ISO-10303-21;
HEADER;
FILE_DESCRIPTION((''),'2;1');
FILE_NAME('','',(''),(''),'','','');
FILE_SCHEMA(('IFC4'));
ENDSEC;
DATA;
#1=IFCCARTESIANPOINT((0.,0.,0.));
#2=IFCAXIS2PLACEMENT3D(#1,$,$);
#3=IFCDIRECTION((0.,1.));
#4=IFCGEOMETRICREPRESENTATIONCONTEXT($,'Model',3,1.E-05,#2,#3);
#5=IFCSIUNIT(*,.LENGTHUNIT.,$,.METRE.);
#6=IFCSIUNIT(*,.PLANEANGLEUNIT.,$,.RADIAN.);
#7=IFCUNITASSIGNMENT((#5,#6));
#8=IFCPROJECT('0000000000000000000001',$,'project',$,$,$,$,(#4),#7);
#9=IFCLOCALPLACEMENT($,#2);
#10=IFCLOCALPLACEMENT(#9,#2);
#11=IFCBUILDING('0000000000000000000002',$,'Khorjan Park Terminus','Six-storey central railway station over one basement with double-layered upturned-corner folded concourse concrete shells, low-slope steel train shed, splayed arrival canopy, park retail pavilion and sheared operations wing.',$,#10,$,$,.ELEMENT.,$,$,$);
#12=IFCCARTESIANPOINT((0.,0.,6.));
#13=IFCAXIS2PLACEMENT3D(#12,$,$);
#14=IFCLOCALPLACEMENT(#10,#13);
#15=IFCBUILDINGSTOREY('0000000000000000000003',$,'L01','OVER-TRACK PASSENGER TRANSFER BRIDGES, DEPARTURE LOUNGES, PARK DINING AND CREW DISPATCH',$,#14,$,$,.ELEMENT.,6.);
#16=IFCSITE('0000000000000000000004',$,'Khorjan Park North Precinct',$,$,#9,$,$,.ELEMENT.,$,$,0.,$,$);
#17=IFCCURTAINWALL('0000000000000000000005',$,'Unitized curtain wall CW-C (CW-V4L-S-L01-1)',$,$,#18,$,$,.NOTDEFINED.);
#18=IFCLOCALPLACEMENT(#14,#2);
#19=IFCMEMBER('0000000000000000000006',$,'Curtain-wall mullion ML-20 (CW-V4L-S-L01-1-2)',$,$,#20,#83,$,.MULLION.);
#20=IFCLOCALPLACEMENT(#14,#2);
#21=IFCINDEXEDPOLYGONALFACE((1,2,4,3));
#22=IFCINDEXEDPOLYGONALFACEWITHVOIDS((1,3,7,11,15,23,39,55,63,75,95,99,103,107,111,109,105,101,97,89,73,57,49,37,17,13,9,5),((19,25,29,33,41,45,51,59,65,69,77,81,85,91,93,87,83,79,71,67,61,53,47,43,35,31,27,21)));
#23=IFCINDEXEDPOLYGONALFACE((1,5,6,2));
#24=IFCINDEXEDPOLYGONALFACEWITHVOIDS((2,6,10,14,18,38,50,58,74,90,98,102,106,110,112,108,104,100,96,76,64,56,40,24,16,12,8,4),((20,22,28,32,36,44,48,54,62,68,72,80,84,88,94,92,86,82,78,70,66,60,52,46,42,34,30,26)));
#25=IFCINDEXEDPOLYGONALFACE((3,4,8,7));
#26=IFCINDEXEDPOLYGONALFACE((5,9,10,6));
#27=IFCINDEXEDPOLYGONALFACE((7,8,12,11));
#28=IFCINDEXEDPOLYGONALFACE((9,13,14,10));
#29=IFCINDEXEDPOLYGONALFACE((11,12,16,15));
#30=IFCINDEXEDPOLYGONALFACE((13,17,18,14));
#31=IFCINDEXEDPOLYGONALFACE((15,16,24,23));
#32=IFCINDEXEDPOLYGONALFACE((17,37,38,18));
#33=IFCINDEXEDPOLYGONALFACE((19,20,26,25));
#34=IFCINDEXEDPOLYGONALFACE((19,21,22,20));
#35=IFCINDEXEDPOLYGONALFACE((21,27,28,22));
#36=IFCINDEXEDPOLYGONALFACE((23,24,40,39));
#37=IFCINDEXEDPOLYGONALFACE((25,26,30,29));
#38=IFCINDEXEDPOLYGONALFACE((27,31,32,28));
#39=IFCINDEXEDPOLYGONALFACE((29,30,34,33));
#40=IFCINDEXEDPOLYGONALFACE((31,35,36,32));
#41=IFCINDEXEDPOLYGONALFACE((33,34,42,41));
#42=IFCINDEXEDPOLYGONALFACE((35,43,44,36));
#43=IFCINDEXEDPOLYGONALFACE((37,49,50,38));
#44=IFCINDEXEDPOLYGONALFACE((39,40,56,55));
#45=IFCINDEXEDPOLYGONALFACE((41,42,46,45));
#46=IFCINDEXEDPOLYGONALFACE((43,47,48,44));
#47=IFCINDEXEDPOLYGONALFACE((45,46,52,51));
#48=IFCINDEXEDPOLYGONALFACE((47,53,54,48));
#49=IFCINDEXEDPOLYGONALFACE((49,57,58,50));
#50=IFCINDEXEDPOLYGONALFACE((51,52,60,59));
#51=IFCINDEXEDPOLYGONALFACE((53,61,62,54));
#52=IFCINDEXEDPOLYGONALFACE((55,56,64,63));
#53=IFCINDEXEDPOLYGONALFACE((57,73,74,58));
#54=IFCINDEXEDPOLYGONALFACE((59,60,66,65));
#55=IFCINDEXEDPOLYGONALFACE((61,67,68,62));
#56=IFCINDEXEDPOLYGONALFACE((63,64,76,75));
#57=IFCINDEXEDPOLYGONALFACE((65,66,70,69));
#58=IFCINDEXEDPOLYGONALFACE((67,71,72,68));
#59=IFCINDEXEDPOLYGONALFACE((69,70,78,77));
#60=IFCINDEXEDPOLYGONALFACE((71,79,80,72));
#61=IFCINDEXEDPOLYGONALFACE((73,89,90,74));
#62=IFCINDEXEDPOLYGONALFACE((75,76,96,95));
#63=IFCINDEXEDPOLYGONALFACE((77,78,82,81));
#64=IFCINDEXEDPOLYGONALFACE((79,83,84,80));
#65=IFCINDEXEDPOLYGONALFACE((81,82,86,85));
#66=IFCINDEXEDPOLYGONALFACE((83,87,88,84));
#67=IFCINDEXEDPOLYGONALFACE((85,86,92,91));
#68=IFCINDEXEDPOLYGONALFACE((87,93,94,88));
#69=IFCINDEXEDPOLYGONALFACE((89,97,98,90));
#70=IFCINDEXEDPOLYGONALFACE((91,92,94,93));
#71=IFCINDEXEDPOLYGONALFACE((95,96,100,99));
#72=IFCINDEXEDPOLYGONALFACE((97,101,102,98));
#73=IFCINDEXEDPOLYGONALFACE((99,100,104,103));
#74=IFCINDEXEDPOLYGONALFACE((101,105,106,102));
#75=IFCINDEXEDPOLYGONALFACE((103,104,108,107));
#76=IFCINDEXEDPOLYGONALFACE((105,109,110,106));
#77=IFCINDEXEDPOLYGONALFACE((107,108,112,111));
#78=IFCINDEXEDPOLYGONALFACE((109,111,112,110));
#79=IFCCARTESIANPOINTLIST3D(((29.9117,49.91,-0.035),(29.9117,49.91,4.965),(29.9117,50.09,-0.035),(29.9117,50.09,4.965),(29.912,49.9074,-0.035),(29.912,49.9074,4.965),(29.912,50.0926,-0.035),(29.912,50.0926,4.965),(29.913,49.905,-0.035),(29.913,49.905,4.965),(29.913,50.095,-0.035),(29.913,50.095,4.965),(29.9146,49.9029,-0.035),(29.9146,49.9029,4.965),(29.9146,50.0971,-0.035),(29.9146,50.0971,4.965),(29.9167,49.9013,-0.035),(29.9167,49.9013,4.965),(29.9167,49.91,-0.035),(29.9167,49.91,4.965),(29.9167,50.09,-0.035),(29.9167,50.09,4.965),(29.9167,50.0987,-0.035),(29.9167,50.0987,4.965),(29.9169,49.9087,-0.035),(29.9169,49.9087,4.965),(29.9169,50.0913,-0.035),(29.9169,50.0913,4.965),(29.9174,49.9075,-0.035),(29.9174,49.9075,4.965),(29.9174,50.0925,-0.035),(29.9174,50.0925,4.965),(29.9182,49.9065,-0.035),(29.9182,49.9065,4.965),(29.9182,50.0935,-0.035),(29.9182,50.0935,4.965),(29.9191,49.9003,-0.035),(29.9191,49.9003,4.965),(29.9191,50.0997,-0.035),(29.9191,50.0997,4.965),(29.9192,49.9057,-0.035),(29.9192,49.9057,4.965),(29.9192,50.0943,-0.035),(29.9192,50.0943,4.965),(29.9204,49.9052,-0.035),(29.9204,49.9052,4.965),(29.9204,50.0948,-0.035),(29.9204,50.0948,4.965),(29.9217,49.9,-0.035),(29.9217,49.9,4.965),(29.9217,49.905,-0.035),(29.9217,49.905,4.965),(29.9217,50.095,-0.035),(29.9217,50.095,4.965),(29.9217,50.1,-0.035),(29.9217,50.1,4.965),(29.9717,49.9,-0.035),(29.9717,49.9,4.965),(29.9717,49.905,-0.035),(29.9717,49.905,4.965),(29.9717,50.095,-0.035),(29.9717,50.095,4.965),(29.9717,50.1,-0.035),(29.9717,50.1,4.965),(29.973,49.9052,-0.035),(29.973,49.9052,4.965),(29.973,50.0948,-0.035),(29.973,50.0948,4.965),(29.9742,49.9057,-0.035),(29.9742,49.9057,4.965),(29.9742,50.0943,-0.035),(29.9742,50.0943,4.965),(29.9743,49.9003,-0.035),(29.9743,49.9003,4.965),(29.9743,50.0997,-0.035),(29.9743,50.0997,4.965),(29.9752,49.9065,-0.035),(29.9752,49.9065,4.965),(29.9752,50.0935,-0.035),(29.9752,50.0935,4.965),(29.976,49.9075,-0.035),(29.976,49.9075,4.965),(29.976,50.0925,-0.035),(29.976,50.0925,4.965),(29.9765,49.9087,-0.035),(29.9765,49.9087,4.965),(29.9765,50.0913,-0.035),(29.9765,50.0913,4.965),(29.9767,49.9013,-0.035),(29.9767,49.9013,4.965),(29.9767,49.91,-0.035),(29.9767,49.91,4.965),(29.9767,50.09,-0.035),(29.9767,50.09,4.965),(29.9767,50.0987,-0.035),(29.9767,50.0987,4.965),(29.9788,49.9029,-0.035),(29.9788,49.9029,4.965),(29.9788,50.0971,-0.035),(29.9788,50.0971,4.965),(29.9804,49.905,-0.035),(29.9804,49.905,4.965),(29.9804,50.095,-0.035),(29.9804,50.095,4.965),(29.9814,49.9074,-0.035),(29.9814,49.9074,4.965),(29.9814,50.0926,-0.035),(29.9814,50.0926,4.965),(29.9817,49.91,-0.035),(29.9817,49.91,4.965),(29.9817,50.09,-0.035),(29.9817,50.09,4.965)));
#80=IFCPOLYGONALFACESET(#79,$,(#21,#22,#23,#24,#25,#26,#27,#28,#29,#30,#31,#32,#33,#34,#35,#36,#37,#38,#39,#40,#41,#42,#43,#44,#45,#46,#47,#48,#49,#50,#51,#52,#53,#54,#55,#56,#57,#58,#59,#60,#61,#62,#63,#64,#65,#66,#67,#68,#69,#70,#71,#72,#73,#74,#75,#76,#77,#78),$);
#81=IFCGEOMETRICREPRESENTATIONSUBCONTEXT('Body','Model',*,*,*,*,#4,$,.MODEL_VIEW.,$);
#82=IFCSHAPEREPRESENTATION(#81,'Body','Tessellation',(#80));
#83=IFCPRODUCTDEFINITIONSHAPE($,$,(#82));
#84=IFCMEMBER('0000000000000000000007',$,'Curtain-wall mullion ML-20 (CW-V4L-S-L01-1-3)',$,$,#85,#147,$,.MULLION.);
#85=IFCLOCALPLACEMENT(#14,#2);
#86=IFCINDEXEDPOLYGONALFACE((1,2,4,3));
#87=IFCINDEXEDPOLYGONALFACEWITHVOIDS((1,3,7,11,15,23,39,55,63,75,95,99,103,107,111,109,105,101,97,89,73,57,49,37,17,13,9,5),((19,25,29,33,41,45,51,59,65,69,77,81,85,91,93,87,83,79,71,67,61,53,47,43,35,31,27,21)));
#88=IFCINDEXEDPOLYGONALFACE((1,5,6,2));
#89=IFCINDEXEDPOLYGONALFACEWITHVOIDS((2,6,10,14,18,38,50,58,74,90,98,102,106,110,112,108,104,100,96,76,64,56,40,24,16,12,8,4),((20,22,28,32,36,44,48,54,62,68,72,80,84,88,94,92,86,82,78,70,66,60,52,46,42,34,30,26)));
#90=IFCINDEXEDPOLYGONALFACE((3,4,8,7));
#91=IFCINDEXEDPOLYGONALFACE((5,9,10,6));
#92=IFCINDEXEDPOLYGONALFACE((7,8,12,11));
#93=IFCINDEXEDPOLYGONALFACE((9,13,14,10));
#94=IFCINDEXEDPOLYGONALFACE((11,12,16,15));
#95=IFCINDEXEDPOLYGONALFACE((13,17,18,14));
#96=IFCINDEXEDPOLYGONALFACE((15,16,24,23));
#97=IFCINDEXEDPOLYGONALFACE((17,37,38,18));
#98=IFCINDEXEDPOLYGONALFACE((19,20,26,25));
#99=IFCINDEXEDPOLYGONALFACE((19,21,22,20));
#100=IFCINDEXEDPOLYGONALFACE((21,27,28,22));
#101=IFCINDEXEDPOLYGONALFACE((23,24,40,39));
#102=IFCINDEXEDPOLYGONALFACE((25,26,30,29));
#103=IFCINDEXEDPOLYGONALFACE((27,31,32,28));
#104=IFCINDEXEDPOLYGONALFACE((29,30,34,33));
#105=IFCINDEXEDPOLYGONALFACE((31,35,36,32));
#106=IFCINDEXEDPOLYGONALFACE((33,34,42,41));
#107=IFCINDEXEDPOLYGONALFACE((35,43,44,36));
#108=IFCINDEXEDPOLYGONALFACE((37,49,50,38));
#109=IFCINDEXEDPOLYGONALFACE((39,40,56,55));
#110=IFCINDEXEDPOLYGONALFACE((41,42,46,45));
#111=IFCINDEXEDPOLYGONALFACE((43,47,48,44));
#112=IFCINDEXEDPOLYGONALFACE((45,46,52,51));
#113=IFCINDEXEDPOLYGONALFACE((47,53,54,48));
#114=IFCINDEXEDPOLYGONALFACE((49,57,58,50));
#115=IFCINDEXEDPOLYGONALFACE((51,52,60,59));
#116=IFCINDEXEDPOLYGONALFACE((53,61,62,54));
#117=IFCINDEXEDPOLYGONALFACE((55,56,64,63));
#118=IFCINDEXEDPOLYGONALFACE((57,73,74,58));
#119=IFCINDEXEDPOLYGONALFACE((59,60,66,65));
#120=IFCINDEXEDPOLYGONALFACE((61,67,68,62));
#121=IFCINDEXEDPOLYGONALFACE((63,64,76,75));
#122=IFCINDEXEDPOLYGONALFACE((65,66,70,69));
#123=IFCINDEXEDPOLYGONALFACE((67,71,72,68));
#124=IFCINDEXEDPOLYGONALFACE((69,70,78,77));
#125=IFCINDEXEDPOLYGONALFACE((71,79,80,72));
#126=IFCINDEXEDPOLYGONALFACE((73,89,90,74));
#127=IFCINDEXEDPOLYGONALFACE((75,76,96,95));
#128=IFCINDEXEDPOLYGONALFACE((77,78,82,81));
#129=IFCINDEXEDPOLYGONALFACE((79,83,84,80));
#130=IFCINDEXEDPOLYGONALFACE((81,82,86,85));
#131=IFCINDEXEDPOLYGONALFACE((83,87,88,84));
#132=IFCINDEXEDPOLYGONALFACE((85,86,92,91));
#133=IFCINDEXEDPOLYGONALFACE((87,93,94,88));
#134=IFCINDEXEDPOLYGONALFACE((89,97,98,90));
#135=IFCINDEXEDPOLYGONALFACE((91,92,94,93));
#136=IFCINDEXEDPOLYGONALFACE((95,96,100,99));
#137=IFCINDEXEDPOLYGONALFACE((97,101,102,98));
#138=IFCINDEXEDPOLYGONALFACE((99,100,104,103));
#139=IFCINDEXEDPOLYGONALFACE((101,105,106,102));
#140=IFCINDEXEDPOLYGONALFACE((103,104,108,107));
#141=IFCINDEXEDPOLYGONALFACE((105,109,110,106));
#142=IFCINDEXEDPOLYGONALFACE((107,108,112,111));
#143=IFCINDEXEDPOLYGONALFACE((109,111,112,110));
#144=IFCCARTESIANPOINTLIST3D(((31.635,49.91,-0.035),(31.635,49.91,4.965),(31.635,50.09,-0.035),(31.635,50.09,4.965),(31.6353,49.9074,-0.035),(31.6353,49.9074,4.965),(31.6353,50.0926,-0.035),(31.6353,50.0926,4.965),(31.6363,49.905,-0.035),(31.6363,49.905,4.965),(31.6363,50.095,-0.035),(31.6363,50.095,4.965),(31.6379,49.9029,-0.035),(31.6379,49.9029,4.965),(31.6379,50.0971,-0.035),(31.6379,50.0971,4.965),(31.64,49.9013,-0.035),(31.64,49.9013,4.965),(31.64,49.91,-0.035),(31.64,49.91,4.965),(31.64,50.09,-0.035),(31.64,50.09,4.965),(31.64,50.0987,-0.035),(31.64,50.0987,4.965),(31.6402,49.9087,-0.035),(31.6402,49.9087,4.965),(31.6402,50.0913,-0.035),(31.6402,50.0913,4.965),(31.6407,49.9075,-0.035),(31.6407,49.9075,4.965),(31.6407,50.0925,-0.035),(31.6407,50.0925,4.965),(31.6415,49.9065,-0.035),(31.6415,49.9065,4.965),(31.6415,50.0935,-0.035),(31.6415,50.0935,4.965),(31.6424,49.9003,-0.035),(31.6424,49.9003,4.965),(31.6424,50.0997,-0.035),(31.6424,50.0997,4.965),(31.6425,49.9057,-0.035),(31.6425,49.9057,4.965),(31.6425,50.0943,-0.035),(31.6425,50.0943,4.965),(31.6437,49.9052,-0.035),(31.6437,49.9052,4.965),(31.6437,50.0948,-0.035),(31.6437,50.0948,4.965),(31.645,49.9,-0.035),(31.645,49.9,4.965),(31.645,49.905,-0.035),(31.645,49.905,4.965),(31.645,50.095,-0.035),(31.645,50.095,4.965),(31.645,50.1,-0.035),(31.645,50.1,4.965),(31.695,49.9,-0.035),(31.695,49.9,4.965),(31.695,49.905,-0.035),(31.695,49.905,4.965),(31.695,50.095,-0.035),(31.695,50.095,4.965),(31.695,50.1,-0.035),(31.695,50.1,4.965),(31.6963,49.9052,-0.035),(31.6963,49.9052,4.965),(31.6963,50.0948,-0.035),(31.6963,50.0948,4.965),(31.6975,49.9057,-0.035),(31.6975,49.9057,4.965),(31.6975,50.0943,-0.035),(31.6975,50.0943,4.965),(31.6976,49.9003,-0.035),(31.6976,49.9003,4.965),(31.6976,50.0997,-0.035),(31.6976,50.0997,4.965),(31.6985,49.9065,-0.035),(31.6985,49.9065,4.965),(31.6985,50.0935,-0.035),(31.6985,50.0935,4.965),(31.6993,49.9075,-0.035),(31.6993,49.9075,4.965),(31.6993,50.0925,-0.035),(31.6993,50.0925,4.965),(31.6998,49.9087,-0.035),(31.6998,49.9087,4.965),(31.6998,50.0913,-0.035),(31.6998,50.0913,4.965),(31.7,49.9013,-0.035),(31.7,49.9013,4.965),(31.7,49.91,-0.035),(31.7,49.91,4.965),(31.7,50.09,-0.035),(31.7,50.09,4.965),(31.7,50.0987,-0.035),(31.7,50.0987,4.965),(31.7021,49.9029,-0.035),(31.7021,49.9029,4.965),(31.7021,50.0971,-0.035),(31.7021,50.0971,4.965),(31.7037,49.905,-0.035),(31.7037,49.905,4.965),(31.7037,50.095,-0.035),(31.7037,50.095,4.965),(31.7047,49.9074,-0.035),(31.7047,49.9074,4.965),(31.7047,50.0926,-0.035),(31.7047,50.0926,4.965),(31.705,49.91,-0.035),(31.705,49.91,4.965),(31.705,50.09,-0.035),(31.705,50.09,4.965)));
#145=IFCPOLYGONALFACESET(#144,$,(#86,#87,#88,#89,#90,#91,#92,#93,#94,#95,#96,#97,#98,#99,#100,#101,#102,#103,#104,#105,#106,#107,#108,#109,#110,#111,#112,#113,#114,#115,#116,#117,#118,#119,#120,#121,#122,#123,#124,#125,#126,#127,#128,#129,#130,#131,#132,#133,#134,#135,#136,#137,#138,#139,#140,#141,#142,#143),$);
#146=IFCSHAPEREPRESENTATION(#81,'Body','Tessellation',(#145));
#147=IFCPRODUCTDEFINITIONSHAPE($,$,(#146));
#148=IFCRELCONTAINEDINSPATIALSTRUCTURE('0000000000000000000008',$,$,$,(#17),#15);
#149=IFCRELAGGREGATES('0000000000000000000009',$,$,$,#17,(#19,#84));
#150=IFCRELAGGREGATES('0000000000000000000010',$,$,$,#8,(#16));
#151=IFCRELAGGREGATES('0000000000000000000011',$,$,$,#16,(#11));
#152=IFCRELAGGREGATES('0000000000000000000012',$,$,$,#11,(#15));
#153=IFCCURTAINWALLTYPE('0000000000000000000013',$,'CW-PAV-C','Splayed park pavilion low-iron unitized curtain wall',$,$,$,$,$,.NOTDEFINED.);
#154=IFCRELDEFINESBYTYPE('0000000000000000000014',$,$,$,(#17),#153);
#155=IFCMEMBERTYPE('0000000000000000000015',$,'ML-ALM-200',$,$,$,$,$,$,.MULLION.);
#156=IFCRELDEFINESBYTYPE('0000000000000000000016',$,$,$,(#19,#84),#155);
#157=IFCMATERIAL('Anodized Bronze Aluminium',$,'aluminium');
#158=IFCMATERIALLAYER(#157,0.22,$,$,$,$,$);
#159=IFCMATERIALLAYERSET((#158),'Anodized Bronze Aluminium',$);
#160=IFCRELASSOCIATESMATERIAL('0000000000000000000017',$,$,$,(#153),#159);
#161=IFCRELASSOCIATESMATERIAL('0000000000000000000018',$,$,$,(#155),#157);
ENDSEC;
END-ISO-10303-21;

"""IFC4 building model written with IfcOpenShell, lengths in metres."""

from ifc_helpers import new_model, si_unit, direction, frame, origin, origin_2d, place, context, subcontext, project, spatial, hollow_rectangle, extrude, material, layer, layer_set, material_profile, profile_set, type_object, element, aggregate, save


model = new_model("IFC4")

# Units and contexts
model_context = context("Model", 3, precision=1e-05, world=origin(), true_north=direction((0.0, 1.0)))
body_context = subcontext(model_context, "Body", "Model", "MODEL_VIEW")
ifc_project = project(units=[si_unit("LENGTHUNIT", "METRE"), si_unit("PLANEANGLEUNIT", "RADIAN")], contexts=[model_context])

# Site, building, storey
site_placement = place(None, origin())
site = spatial("IfcSite", under=ifc_project, at=site_placement, Name="Khorjan Park North Precinct", CompositionType="ELEMENT", RefElevation=0.0)
building_placement = place(site_placement, origin())
building = spatial("IfcBuilding", under=site, at=building_placement, Name="Khorjan Park Terminus", Description="Six-storey central railway station over one basement with double-layered upturned-corner folded concourse concrete shells, low-slope steel train shed, splayed arrival canopy, park retail pavilion and sheared operations wing.", CompositionType="ELEMENT")
storey_placement = place(building_placement, frame((0.0, 0.0, 6.0)))
storey = spatial("IfcBuildingStorey", under=building, at=storey_placement, Name="L01", Description="OVER-TRACK PASSENGER TRANSFER BRIDGES, DEPARTURE LOUNGES, PARK DINING AND CREW DISPATCH", CompositionType="ELEMENT", Elevation=6.0)

# Curtain wall, members
ifc_material_1 = material(Name="Anodized Bronze Aluminium", Category="aluminium")
ifc_layer_1 = layer(ifc_material_1, 0.22)
ifc_layer_set_1 = layer_set([ifc_layer_1], Name="Anodized Bronze Aluminium")
curtain_wall_type = type_object("IfcCurtainWallType", Name="CW-PAV-C", Description="Splayed park pavilion low-iron unitized curtain wall", PredefinedType="NOTDEFINED", material=ifc_layer_set_1)
curtain_wall_1_placement = place(storey_placement, origin())
curtain_wall_1 = element("IfcCurtainWall", 1, at=curtain_wall_1_placement, inside=storey, type_object=curtain_wall_type, Name="Unitized curtain wall CW-C (CW-V4L-S-L01-1)", PredefinedType="NOTDEFINED")
ifc_material_profile_1 = material_profile(ifc_material_1, hollow_rectangle(XDim=0.07, YDim=0.2, WallThickness=0.005, InnerFilletRadius=0.005, OuterFilletRadius=0.01, at=origin_2d()), Name="ALM 70x200x5")
ifc_profile_set_1 = profile_set([ifc_material_profile_1], Name="Anodized Bronze Aluminium")
member_type_1 = type_object("IfcMemberType", Name="ML-ALM-200", PredefinedType="MULLION", material=ifc_profile_set_1)
member_1_placement = place(storey_placement, frame((29.9467, 50.0, -0.035), z_axis=(0.0, 0.0, 1.0), x_axis=(1.0, 0.0, 0.0)))
member_1 = element("IfcMember", 2, at=member_1_placement, type_object=member_type_1, Name="Curtain-wall mullion ML-20 (CW-V4L-S-L01-1-2)", PredefinedType="MULLION", context=body_context, shape_type="SweptSolid", body=[
    extrude(hollow_rectangle(XDim=0.07, YDim=0.2, WallThickness=0.005, InnerFilletRadius=0.005, OuterFilletRadius=0.01, at=origin_2d()), origin(), (0.0, 0.0, 1.0), 5.0),
])
member_2_placement = place(storey_placement, frame((31.67, 50.0, -0.035), z_axis=(0.0, 0.0, 1.0), x_axis=(1.0, 0.0, 0.0)))
member_2 = element("IfcMember", 3, at=member_2_placement, type_object=member_type_1, Name="Curtain-wall mullion ML-20 (CW-V4L-S-L01-1-3)", PredefinedType="MULLION", context=body_context, shape_type="SweptSolid", body=[
    extrude(hollow_rectangle(XDim=0.07, YDim=0.2, WallThickness=0.005, InnerFilletRadius=0.005, OuterFilletRadius=0.01, at=origin_2d()), origin(), (0.0, 0.0, 1.0), 5.0),
])

aggregate(curtain_wall_1, [member_1, member_2])

save(model, "model.ifc")
